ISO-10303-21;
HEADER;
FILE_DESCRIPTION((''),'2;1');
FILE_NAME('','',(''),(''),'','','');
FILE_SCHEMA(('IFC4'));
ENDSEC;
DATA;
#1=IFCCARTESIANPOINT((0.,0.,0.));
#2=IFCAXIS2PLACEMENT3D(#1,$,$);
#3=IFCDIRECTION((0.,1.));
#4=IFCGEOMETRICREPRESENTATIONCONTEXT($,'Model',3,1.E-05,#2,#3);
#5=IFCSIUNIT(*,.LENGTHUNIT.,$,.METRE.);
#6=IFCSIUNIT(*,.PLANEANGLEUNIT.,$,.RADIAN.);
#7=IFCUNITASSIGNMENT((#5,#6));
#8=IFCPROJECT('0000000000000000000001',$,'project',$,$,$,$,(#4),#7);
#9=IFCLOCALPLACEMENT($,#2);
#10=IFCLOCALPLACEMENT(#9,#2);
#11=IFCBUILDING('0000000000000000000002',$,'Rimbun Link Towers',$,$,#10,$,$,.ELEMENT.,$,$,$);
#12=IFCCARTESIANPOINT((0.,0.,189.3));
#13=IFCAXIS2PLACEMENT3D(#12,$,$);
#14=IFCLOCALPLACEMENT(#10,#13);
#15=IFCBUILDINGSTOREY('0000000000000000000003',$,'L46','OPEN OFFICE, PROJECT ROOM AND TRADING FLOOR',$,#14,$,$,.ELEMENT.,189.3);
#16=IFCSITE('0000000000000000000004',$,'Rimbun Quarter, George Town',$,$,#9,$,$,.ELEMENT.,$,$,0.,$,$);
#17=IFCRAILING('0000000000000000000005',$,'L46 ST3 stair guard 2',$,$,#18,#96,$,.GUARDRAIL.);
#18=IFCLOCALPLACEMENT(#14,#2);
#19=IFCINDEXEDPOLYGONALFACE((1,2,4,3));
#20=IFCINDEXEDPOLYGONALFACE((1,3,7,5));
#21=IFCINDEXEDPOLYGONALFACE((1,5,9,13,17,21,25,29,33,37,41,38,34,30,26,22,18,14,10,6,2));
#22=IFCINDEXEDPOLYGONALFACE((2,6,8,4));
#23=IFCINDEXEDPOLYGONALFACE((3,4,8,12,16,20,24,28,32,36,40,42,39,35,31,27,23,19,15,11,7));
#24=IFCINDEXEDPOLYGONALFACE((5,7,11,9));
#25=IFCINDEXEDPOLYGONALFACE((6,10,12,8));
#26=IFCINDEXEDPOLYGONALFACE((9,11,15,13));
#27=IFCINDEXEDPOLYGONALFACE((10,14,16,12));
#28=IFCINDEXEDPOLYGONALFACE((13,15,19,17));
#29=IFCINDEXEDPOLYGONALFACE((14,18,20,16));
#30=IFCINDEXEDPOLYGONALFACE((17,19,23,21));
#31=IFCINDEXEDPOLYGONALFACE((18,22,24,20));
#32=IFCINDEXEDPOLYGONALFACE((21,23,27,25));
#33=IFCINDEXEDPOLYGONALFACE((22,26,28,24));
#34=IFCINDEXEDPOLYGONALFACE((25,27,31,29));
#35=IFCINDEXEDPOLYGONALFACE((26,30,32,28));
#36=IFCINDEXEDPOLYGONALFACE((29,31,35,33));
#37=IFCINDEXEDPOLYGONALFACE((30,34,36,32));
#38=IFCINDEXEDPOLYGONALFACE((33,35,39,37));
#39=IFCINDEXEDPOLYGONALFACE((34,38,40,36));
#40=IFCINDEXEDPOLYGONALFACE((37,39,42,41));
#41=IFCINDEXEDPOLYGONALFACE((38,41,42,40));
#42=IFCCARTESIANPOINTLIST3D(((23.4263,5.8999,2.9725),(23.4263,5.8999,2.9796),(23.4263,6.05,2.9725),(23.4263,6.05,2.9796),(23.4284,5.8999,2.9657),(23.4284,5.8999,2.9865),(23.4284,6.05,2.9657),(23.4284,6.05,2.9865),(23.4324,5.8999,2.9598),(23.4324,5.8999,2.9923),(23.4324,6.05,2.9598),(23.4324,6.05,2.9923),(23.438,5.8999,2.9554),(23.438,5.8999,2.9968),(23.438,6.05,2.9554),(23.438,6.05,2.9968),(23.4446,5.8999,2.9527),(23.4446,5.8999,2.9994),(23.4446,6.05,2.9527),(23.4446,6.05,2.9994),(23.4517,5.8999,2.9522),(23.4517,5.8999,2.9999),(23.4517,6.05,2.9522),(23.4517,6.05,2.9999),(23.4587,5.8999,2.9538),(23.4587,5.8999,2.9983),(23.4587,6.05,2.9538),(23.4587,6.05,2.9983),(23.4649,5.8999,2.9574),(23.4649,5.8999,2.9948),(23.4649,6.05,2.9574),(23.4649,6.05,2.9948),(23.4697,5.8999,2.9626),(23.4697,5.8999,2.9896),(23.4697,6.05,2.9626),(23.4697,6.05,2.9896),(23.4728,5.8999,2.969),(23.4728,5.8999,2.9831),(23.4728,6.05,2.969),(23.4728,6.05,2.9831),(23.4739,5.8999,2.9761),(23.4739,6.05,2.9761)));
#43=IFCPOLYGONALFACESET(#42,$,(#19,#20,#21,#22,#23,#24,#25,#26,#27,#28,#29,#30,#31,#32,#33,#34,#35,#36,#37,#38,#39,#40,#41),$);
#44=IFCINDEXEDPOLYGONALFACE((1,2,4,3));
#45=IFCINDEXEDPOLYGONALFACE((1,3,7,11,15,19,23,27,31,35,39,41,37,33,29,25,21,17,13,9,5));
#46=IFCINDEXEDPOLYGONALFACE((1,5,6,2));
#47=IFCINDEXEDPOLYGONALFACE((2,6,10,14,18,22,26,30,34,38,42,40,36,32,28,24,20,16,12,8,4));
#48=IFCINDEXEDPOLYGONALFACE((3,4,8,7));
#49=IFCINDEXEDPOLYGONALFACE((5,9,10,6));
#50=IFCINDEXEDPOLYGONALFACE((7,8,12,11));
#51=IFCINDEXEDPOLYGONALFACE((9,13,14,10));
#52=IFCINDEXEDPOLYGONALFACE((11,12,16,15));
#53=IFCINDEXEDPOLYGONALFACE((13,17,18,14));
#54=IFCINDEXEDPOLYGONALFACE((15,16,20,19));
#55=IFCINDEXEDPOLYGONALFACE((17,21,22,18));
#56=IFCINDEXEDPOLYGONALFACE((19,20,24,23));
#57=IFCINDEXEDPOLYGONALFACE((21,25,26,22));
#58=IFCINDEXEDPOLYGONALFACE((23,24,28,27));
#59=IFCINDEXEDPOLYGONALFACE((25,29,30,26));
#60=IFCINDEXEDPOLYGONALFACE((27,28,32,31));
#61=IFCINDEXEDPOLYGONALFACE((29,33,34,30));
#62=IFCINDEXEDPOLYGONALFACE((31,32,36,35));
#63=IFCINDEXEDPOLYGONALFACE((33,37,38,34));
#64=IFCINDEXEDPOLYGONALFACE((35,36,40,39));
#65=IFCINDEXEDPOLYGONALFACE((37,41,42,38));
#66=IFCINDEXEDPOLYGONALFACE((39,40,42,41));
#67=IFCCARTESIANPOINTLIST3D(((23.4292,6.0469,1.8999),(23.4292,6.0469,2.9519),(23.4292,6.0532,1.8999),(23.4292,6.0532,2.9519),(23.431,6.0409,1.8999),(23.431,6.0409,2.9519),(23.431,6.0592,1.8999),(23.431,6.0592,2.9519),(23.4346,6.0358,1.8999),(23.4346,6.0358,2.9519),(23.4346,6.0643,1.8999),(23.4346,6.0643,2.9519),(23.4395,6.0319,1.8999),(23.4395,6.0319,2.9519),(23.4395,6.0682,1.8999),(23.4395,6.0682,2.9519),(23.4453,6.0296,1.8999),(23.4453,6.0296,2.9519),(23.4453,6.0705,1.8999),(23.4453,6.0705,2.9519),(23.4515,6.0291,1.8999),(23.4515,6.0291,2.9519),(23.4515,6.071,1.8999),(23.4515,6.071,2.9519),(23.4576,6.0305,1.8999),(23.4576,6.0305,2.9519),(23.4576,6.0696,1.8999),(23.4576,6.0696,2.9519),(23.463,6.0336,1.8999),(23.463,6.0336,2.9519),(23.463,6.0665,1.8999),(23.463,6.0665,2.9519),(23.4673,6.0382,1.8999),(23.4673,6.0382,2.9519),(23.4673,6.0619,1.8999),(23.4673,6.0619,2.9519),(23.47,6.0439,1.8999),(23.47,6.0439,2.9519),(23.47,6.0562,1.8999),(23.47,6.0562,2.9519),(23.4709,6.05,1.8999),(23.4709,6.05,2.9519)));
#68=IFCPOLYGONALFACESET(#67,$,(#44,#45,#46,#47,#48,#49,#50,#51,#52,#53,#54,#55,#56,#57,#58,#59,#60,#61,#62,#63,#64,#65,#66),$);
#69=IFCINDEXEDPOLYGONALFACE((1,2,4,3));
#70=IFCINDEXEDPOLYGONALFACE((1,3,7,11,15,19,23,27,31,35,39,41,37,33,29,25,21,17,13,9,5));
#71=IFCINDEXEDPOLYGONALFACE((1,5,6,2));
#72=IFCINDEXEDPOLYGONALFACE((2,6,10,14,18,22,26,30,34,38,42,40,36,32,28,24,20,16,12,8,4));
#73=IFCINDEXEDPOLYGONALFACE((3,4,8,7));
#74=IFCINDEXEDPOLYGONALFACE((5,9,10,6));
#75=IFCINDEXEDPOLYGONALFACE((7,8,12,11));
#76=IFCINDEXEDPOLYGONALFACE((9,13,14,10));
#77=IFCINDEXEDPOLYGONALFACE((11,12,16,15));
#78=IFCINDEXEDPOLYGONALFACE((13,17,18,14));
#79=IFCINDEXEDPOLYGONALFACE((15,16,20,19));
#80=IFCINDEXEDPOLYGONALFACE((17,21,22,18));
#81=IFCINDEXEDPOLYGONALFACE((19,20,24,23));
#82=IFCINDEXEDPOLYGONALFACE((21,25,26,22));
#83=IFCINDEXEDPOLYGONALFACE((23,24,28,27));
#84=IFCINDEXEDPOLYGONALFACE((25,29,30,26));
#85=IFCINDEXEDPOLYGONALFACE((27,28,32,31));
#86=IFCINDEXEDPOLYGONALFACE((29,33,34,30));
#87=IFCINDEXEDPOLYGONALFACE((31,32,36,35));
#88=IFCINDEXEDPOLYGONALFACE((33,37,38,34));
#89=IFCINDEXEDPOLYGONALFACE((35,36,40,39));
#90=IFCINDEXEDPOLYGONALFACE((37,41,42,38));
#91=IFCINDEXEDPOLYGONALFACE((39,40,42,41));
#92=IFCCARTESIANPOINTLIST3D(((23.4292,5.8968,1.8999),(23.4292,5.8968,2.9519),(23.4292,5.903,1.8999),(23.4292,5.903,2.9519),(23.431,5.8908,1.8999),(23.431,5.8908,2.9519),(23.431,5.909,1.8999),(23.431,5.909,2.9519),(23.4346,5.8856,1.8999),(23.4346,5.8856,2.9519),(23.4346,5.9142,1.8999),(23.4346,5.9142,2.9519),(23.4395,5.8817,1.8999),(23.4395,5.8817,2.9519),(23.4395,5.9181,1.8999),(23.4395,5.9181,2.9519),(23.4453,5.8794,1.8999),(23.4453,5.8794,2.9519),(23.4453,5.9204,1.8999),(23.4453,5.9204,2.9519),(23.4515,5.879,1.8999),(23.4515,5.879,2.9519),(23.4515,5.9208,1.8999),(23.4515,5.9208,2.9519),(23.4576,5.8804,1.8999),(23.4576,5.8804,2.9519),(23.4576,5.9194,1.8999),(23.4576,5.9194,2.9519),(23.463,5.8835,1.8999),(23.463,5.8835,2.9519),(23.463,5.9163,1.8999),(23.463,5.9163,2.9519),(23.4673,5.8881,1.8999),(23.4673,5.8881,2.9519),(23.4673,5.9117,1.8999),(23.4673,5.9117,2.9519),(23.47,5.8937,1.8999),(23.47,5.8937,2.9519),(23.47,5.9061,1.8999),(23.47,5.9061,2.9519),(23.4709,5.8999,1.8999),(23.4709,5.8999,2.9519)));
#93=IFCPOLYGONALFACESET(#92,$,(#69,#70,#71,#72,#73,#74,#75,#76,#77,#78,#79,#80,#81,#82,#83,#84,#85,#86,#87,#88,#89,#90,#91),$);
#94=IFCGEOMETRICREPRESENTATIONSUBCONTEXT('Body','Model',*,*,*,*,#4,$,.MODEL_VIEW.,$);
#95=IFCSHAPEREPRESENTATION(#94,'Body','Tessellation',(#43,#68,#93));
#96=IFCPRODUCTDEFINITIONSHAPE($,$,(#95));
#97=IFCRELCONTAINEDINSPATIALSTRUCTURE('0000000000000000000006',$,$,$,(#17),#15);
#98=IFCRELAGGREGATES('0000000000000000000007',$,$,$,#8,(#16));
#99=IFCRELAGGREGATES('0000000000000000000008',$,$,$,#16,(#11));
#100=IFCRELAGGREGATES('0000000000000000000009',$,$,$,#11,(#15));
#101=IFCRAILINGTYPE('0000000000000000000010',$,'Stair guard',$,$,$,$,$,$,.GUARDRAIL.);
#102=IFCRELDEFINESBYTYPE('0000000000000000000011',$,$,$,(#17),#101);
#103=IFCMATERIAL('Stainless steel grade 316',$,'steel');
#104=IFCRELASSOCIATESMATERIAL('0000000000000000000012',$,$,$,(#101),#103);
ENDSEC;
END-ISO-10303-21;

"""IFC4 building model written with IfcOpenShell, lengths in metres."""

from ifc_helpers import new_model, si_unit, direction, frame, origin, origin_2d, place, context, subcontext, project, spatial, circle, extrude, material, type_object, element, save


model = new_model("IFC4")

# Units and contexts
model_context = context("Model", 3, precision=1e-05, world=origin(), true_north=direction((0.0, 1.0)))
body_context = subcontext(model_context, "Body", "Model", "MODEL_VIEW")
ifc_project = project(units=[si_unit("LENGTHUNIT", "METRE"), si_unit("PLANEANGLEUNIT", "RADIAN")], contexts=[model_context])

# Site, building, storey
site_placement = place(None, origin())
site = spatial("IfcSite", under=ifc_project, at=site_placement, Name="Rimbun Quarter, George Town", CompositionType="ELEMENT", RefElevation=0.0)
building_placement = place(site_placement, origin())
building = spatial("IfcBuilding", under=site, at=building_placement, Name="Rimbun Link Towers", CompositionType="ELEMENT")
storey_placement = place(building_placement, frame((0.0, 0.0, 189.3)))
storey = spatial("IfcBuildingStorey", under=building, at=storey_placement, Name="L46", Description="OPEN OFFICE, PROJECT ROOM AND TRADING FLOOR", CompositionType="ELEMENT", Elevation=189.3)

# Railing
ifc_material_1 = material(Name="Stainless steel grade 316", Category="steel")
railing_type_1 = type_object("IfcRailingType", Name="Stair guard", PredefinedType="GUARDRAIL", material=ifc_material_1)
railing_1_placement = place(storey_placement, frame((23.45, 6.05, 1.8999)))
element("IfcRailing", 1, at=railing_1_placement, inside=storey, type_object=railing_type_1, Name="L46 ST3 stair guard 2", PredefinedType="GUARDRAIL", context=body_context, shape_type="SweptSolid", body=[
    extrude(circle(Radius=0.0239, at=origin_2d()), frame((0.0, 0.0, 1.0762), z_axis=(0.0, -1.0, 0.0), x_axis=(1.0, 0.0, 0.0)), (0.0, 0.0, 1.0), 0.1501),
    extrude(circle(Radius=0.021, at=origin_2d()), origin(), (0.0, 0.0, 1.0), 1.052),
    extrude(circle(Radius=0.021, at=origin_2d()), frame((0.0, -0.1501, 0.0)), (0.0, 0.0, 1.0), 1.052),
])

save(model, "model.ifc")
